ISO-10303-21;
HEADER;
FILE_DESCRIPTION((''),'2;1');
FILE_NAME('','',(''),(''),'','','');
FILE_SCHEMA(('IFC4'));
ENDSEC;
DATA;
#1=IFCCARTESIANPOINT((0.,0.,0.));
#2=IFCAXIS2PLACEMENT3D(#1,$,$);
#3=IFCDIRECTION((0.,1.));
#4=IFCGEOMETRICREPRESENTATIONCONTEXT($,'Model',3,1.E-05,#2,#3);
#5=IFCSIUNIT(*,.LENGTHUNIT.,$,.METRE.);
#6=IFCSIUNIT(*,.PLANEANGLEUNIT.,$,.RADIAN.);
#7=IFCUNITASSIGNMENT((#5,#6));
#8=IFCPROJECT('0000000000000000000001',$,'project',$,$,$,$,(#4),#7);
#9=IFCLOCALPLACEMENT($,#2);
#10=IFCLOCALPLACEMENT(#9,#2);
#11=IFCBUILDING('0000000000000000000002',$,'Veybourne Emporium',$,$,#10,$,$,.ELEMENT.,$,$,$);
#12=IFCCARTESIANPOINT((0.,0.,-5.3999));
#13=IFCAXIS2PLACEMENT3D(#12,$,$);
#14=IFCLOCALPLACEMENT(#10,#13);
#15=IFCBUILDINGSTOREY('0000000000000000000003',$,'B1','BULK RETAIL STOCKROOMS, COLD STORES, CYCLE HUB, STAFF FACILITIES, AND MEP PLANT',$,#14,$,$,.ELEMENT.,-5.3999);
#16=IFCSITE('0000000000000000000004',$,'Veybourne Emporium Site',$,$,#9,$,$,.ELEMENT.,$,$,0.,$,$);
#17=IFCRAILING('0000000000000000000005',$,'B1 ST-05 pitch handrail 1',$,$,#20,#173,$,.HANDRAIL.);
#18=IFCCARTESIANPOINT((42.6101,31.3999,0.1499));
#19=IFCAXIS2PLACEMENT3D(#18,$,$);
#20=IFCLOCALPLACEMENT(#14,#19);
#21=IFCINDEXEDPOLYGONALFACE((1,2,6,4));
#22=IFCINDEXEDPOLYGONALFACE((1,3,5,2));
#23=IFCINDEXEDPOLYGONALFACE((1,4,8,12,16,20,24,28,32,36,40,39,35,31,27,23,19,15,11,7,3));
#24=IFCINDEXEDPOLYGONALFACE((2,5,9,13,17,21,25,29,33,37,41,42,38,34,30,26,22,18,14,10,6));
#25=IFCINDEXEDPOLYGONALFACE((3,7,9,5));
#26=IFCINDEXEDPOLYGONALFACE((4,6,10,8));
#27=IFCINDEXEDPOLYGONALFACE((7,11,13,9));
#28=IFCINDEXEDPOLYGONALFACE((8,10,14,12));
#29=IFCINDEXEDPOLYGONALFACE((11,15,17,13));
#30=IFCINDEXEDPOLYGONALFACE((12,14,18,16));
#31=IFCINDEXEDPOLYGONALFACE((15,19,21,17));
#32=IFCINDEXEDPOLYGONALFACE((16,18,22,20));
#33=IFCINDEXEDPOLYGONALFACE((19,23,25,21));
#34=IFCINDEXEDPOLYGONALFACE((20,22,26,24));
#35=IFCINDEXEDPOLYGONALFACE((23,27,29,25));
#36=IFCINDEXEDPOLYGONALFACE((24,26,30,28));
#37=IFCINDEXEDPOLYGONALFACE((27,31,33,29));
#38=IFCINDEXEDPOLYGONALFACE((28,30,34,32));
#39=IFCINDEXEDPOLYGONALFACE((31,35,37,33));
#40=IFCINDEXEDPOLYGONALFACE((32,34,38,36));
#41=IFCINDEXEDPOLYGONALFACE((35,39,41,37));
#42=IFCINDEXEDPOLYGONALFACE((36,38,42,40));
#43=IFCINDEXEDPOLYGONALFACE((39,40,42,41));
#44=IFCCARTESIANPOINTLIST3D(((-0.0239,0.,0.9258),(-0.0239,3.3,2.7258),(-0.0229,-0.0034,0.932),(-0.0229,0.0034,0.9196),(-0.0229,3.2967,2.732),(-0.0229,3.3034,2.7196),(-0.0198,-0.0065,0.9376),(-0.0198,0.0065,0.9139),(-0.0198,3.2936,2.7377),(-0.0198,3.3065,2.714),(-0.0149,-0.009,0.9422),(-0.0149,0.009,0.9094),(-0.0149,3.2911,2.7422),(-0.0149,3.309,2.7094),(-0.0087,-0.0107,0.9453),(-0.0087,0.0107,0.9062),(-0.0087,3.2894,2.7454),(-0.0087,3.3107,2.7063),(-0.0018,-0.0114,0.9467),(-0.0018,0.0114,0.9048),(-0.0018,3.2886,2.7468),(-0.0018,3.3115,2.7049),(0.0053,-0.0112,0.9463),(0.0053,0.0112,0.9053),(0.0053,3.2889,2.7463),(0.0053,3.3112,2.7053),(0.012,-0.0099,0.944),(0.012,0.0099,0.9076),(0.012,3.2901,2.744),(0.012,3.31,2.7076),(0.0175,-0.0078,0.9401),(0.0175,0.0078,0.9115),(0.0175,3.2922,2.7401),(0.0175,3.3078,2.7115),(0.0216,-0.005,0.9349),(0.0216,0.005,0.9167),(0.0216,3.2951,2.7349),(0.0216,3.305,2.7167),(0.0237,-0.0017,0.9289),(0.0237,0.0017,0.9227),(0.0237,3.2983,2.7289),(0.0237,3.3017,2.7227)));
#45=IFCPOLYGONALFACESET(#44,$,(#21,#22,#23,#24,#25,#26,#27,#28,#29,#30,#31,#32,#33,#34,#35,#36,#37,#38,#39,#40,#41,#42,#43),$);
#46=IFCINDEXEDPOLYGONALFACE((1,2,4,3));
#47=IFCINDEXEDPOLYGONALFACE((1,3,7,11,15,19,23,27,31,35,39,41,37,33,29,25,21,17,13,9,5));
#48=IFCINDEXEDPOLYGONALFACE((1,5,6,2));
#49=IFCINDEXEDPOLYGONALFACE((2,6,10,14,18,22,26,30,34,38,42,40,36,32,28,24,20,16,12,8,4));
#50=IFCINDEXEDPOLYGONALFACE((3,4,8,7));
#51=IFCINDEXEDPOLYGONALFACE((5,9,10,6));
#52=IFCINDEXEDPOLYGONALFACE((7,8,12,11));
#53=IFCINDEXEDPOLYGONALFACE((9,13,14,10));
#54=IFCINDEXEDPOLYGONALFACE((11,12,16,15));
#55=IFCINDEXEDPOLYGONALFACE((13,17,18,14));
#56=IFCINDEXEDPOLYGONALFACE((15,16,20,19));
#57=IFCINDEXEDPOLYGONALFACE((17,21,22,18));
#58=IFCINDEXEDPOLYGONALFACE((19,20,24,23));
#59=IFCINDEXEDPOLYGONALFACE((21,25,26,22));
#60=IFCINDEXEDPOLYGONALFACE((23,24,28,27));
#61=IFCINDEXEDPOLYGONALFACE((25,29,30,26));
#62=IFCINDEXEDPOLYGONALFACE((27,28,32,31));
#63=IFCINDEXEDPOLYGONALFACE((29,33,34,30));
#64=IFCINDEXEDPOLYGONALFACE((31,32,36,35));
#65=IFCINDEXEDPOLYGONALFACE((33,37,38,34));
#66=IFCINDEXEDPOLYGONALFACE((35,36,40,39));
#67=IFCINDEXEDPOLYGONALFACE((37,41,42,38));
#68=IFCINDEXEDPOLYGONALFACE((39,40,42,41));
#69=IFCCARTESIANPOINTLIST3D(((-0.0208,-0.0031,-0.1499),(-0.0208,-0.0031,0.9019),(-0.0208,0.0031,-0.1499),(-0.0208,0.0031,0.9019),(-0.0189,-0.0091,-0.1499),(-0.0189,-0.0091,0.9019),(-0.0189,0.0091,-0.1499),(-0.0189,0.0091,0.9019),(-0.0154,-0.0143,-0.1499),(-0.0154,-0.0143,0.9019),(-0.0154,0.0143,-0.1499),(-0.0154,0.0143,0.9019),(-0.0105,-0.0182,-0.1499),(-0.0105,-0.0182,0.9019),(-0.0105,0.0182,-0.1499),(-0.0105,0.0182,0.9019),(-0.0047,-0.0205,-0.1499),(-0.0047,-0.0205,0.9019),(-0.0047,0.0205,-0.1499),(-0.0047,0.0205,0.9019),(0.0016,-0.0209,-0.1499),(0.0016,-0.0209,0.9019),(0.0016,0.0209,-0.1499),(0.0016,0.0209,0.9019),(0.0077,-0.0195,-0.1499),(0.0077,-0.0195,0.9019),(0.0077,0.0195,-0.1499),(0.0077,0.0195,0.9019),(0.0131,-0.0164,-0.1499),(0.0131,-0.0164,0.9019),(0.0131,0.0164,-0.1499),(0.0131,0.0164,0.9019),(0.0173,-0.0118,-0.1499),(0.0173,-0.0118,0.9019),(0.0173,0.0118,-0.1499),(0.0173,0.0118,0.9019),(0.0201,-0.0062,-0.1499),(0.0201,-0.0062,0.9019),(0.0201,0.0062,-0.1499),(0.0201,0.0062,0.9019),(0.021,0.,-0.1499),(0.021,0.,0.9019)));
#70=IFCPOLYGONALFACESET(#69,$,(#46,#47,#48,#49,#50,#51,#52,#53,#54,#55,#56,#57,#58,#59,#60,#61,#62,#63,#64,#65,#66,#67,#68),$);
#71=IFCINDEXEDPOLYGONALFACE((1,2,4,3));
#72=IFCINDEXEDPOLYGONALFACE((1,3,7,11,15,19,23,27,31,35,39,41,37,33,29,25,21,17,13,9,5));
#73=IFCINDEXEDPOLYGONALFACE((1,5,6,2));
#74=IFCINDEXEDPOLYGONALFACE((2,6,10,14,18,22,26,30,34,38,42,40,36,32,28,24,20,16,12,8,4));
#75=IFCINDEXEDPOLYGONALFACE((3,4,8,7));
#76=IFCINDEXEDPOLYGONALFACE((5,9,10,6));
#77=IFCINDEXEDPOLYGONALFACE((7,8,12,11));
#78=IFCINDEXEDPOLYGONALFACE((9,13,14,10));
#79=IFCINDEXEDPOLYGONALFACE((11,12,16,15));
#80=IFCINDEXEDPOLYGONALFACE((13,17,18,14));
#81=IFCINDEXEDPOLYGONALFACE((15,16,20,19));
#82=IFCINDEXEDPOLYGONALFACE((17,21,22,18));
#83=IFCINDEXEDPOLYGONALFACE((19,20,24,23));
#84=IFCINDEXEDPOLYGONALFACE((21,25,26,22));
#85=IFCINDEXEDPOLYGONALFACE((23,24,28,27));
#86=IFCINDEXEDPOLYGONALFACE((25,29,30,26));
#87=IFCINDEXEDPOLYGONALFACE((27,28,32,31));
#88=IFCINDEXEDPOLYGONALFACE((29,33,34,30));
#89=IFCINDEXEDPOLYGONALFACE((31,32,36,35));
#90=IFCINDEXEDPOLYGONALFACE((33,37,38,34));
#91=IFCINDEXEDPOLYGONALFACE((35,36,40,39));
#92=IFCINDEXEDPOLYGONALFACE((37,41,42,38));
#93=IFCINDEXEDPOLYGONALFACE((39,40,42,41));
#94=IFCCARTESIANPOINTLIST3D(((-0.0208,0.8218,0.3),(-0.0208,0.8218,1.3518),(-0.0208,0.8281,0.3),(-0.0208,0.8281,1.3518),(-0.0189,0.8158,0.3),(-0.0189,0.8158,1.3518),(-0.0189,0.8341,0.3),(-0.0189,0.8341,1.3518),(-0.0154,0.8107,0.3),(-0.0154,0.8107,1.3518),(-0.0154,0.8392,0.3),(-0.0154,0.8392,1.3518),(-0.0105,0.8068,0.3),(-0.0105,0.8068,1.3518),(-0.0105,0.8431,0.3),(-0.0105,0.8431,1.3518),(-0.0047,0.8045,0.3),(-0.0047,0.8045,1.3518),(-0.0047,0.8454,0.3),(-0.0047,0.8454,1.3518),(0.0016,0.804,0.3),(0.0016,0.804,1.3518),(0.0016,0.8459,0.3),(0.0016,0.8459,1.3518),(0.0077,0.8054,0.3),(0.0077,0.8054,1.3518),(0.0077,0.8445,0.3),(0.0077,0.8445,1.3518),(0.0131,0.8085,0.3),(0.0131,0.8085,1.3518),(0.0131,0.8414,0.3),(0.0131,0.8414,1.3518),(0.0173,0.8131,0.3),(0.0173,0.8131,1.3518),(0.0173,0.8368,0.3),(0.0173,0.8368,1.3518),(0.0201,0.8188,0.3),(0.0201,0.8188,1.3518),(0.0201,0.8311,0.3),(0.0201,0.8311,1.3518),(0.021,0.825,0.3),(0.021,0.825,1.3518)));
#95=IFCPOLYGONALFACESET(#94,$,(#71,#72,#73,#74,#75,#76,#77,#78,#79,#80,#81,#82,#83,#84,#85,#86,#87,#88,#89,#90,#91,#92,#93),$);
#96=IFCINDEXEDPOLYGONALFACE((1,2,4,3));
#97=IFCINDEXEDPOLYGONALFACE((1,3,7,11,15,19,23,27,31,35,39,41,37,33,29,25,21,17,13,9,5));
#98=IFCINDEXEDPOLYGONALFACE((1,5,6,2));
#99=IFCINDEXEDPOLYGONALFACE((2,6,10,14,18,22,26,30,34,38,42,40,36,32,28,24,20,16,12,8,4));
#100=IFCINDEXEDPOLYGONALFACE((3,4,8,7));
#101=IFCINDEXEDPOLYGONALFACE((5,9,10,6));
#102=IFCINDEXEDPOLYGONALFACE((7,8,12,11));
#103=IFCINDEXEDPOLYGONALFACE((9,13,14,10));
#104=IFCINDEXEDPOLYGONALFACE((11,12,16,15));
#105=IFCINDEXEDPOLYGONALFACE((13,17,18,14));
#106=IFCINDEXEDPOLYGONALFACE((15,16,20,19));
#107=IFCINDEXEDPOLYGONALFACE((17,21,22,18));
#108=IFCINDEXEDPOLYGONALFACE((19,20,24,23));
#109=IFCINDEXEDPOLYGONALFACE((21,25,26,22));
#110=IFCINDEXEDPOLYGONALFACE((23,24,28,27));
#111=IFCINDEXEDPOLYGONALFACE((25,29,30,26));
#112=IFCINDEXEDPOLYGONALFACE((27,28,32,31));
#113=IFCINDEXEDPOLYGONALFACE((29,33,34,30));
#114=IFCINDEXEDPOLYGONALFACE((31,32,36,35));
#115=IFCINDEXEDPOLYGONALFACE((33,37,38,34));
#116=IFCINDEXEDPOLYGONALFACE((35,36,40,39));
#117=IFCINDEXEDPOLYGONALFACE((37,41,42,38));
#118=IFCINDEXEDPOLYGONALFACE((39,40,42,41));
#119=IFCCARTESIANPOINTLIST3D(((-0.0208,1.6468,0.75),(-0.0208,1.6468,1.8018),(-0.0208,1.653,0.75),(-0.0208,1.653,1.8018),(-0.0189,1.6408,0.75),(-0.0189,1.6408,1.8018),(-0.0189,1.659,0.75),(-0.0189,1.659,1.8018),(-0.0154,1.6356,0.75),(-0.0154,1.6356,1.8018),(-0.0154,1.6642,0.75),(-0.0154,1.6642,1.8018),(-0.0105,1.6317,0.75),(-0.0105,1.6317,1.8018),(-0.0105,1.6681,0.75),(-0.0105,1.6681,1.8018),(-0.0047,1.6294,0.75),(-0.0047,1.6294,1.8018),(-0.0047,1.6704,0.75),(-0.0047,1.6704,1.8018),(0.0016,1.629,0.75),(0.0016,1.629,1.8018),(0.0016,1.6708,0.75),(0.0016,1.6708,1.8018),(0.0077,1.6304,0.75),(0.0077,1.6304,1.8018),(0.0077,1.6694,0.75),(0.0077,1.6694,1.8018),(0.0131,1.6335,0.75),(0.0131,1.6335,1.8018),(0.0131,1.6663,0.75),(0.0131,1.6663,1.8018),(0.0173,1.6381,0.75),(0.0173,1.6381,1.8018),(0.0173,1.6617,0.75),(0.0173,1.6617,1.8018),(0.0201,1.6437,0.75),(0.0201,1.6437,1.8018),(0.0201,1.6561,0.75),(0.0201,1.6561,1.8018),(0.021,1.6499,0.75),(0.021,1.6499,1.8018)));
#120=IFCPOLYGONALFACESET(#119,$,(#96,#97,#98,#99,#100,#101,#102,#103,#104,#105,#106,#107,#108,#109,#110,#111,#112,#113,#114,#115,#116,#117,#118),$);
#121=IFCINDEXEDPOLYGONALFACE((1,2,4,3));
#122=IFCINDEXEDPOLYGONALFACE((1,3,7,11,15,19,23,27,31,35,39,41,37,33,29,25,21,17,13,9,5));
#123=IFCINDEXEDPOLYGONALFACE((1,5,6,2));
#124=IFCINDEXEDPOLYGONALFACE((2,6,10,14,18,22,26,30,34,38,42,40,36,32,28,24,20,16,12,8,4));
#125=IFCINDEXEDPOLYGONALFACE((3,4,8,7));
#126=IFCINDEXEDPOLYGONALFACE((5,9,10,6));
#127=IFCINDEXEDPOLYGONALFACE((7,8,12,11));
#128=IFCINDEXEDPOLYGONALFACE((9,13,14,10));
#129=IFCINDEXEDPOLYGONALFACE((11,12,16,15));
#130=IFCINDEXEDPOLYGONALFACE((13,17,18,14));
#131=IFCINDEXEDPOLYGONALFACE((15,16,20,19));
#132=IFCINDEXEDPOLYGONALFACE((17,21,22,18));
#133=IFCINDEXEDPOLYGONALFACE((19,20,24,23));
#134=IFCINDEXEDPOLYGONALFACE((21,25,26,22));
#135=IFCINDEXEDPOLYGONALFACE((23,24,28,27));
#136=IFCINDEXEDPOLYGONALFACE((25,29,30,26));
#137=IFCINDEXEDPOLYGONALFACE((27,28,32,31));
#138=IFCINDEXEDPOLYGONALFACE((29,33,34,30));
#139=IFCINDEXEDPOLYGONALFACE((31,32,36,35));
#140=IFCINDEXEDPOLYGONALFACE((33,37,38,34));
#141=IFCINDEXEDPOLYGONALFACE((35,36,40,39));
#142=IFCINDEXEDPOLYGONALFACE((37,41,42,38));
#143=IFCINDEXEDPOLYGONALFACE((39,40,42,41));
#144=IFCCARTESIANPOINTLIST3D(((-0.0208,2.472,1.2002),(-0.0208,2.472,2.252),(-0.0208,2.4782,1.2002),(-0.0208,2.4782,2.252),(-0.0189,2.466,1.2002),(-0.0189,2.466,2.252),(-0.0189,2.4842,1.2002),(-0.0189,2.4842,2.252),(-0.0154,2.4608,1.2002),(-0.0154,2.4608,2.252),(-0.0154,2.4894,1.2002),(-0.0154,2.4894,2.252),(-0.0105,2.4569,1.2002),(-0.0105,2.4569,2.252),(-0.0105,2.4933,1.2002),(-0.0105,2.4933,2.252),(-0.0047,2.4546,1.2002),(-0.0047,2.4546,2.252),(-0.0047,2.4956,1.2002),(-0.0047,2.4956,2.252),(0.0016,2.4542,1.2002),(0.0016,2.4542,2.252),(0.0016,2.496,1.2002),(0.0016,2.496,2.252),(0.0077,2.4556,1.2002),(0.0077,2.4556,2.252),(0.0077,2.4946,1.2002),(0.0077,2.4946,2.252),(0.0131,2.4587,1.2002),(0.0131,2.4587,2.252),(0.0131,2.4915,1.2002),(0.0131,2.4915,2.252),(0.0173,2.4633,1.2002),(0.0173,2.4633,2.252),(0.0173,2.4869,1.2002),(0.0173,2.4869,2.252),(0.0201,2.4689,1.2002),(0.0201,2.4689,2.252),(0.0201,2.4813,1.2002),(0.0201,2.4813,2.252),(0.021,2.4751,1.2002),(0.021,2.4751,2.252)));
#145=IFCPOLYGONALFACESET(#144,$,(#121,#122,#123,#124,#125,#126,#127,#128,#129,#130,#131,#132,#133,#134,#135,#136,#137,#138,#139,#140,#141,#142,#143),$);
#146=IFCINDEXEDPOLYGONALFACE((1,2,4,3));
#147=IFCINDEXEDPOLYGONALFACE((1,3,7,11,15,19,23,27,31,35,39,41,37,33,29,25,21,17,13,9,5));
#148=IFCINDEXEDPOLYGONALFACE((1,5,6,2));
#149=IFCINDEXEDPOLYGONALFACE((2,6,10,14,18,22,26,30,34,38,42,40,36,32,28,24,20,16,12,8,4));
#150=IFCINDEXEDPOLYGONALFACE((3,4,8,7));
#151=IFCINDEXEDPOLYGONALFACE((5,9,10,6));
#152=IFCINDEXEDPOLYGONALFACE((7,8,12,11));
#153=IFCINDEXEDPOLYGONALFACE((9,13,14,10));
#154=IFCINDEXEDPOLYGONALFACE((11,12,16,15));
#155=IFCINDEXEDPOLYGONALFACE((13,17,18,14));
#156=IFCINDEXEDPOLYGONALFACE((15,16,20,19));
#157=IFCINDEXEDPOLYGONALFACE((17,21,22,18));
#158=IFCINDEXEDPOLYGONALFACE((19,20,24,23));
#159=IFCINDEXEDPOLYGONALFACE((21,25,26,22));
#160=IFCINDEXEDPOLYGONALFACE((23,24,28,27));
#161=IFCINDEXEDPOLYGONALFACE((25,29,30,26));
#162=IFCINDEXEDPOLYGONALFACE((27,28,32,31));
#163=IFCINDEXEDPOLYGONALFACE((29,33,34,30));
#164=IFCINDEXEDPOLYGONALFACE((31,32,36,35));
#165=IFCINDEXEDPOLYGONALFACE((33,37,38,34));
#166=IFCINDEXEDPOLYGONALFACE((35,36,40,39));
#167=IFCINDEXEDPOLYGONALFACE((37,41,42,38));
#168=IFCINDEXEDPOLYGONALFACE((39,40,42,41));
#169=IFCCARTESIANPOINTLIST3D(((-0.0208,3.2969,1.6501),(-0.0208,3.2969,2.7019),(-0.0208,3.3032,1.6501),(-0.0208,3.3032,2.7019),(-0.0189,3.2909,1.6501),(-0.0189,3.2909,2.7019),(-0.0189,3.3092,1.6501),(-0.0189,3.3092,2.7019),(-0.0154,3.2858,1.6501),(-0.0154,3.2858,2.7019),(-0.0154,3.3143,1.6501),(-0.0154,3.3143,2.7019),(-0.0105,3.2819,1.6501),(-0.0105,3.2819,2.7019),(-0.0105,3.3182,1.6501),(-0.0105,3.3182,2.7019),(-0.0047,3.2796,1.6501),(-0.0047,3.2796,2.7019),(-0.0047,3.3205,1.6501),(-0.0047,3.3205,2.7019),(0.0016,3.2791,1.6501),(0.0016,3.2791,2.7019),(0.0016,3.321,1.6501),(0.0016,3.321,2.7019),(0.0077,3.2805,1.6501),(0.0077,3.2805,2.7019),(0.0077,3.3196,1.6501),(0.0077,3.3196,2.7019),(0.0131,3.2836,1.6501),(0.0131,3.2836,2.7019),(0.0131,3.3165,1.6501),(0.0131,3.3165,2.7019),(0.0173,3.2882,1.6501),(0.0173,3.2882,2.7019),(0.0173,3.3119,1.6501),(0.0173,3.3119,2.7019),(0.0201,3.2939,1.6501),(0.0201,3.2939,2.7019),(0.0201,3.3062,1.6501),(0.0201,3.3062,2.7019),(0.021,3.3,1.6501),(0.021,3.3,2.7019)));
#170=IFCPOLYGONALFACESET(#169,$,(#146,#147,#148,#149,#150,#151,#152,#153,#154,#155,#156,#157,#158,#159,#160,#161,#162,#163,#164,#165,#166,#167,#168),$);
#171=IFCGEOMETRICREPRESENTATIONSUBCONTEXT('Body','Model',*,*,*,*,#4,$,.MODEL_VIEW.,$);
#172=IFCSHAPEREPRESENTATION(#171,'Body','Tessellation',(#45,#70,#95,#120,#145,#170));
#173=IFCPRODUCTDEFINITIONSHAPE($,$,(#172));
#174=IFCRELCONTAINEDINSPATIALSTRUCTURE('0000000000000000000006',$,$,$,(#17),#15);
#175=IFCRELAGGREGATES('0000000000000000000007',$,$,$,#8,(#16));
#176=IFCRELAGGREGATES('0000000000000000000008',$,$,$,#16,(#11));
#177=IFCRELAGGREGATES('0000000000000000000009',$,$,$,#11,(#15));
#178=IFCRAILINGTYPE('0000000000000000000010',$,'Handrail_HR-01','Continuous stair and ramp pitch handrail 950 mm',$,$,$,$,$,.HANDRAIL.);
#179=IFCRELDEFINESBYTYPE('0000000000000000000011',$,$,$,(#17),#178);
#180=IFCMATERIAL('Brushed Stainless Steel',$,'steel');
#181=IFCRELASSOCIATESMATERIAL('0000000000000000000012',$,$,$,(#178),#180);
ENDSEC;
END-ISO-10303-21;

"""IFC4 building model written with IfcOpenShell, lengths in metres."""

from ifc_helpers import new_model, si_unit, direction, frame, origin, origin_2d, place, context, subcontext, project, spatial, circle, extrude, material, type_object, element, save


model = new_model("IFC4")

# Units and contexts
model_context = context("Model", 3, precision=1e-05, world=origin(), true_north=direction((0.0, 1.0)))
body_context = subcontext(model_context, "Body", "Model", "MODEL_VIEW")
ifc_project = project(units=[si_unit("LENGTHUNIT", "METRE"), si_unit("PLANEANGLEUNIT", "RADIAN")], contexts=[model_context])

# Site, building, storey
site_placement = place(None, origin())
site = spatial("IfcSite", under=ifc_project, at=site_placement, Name="Veybourne Emporium Site", CompositionType="ELEMENT", RefElevation=0.0)
building_placement = place(site_placement, origin())
building = spatial("IfcBuilding", under=site, at=building_placement, Name="Veybourne Emporium", CompositionType="ELEMENT")
storey_placement = place(building_placement, frame((0.0, 0.0, -5.3999)))
storey = spatial("IfcBuildingStorey", under=building, at=storey_placement, Name="B1", Description="BULK RETAIL STOCKROOMS, COLD STORES, CYCLE HUB, STAFF FACILITIES, AND MEP PLANT", CompositionType="ELEMENT", Elevation=-5.3999)

# Railing
ifc_material_1 = material(Name="Brushed Stainless Steel", Category="steel")
railing_type_1 = type_object("IfcRailingType", Name="Handrail_HR-01", Description="Continuous stair and ramp pitch handrail 950 mm", PredefinedType="HANDRAIL", material=ifc_material_1)
railing_1_placement = place(storey_placement, frame((42.6101, 31.3999, 0.1499)))
element("IfcRailing", 1, at=railing_1_placement, inside=storey, type_object=railing_type_1, Name="B1 ST-05 pitch handrail 1", PredefinedType="HANDRAIL", context=body_context, shape_type="SweptSolid", body=[
    extrude(circle(Radius=0.0239, at=origin_2d()), frame((0.0, 0.0, 0.9258), z_axis=(0.0, 0.877893, 0.478857), x_axis=(-1.0, 0.0, 0.0)), (0.0, 0.0, 1.0), 3.759),
    extrude(circle(Radius=0.021, at=origin_2d()), frame((0.0, 0.0, -0.1499)), (0.0, 0.0, 1.0), 1.0518),
    extrude(circle(Radius=0.021, at=origin_2d()), frame((0.0, 0.825, 0.3)), (0.0, 0.0, 1.0), 1.0518),
    extrude(circle(Radius=0.021, at=origin_2d()), frame((0.0, 1.6499, 0.75)), (0.0, 0.0, 1.0), 1.0518),
    extrude(circle(Radius=0.021, at=origin_2d()), frame((0.0, 2.4751, 1.2002)), (0.0, 0.0, 1.0), 1.0518),
    extrude(circle(Radius=0.021, at=origin_2d()), frame((0.0, 3.3, 1.6501)), (0.0, 0.0, 1.0), 1.0518),
])

save(model, "model.ifc")
